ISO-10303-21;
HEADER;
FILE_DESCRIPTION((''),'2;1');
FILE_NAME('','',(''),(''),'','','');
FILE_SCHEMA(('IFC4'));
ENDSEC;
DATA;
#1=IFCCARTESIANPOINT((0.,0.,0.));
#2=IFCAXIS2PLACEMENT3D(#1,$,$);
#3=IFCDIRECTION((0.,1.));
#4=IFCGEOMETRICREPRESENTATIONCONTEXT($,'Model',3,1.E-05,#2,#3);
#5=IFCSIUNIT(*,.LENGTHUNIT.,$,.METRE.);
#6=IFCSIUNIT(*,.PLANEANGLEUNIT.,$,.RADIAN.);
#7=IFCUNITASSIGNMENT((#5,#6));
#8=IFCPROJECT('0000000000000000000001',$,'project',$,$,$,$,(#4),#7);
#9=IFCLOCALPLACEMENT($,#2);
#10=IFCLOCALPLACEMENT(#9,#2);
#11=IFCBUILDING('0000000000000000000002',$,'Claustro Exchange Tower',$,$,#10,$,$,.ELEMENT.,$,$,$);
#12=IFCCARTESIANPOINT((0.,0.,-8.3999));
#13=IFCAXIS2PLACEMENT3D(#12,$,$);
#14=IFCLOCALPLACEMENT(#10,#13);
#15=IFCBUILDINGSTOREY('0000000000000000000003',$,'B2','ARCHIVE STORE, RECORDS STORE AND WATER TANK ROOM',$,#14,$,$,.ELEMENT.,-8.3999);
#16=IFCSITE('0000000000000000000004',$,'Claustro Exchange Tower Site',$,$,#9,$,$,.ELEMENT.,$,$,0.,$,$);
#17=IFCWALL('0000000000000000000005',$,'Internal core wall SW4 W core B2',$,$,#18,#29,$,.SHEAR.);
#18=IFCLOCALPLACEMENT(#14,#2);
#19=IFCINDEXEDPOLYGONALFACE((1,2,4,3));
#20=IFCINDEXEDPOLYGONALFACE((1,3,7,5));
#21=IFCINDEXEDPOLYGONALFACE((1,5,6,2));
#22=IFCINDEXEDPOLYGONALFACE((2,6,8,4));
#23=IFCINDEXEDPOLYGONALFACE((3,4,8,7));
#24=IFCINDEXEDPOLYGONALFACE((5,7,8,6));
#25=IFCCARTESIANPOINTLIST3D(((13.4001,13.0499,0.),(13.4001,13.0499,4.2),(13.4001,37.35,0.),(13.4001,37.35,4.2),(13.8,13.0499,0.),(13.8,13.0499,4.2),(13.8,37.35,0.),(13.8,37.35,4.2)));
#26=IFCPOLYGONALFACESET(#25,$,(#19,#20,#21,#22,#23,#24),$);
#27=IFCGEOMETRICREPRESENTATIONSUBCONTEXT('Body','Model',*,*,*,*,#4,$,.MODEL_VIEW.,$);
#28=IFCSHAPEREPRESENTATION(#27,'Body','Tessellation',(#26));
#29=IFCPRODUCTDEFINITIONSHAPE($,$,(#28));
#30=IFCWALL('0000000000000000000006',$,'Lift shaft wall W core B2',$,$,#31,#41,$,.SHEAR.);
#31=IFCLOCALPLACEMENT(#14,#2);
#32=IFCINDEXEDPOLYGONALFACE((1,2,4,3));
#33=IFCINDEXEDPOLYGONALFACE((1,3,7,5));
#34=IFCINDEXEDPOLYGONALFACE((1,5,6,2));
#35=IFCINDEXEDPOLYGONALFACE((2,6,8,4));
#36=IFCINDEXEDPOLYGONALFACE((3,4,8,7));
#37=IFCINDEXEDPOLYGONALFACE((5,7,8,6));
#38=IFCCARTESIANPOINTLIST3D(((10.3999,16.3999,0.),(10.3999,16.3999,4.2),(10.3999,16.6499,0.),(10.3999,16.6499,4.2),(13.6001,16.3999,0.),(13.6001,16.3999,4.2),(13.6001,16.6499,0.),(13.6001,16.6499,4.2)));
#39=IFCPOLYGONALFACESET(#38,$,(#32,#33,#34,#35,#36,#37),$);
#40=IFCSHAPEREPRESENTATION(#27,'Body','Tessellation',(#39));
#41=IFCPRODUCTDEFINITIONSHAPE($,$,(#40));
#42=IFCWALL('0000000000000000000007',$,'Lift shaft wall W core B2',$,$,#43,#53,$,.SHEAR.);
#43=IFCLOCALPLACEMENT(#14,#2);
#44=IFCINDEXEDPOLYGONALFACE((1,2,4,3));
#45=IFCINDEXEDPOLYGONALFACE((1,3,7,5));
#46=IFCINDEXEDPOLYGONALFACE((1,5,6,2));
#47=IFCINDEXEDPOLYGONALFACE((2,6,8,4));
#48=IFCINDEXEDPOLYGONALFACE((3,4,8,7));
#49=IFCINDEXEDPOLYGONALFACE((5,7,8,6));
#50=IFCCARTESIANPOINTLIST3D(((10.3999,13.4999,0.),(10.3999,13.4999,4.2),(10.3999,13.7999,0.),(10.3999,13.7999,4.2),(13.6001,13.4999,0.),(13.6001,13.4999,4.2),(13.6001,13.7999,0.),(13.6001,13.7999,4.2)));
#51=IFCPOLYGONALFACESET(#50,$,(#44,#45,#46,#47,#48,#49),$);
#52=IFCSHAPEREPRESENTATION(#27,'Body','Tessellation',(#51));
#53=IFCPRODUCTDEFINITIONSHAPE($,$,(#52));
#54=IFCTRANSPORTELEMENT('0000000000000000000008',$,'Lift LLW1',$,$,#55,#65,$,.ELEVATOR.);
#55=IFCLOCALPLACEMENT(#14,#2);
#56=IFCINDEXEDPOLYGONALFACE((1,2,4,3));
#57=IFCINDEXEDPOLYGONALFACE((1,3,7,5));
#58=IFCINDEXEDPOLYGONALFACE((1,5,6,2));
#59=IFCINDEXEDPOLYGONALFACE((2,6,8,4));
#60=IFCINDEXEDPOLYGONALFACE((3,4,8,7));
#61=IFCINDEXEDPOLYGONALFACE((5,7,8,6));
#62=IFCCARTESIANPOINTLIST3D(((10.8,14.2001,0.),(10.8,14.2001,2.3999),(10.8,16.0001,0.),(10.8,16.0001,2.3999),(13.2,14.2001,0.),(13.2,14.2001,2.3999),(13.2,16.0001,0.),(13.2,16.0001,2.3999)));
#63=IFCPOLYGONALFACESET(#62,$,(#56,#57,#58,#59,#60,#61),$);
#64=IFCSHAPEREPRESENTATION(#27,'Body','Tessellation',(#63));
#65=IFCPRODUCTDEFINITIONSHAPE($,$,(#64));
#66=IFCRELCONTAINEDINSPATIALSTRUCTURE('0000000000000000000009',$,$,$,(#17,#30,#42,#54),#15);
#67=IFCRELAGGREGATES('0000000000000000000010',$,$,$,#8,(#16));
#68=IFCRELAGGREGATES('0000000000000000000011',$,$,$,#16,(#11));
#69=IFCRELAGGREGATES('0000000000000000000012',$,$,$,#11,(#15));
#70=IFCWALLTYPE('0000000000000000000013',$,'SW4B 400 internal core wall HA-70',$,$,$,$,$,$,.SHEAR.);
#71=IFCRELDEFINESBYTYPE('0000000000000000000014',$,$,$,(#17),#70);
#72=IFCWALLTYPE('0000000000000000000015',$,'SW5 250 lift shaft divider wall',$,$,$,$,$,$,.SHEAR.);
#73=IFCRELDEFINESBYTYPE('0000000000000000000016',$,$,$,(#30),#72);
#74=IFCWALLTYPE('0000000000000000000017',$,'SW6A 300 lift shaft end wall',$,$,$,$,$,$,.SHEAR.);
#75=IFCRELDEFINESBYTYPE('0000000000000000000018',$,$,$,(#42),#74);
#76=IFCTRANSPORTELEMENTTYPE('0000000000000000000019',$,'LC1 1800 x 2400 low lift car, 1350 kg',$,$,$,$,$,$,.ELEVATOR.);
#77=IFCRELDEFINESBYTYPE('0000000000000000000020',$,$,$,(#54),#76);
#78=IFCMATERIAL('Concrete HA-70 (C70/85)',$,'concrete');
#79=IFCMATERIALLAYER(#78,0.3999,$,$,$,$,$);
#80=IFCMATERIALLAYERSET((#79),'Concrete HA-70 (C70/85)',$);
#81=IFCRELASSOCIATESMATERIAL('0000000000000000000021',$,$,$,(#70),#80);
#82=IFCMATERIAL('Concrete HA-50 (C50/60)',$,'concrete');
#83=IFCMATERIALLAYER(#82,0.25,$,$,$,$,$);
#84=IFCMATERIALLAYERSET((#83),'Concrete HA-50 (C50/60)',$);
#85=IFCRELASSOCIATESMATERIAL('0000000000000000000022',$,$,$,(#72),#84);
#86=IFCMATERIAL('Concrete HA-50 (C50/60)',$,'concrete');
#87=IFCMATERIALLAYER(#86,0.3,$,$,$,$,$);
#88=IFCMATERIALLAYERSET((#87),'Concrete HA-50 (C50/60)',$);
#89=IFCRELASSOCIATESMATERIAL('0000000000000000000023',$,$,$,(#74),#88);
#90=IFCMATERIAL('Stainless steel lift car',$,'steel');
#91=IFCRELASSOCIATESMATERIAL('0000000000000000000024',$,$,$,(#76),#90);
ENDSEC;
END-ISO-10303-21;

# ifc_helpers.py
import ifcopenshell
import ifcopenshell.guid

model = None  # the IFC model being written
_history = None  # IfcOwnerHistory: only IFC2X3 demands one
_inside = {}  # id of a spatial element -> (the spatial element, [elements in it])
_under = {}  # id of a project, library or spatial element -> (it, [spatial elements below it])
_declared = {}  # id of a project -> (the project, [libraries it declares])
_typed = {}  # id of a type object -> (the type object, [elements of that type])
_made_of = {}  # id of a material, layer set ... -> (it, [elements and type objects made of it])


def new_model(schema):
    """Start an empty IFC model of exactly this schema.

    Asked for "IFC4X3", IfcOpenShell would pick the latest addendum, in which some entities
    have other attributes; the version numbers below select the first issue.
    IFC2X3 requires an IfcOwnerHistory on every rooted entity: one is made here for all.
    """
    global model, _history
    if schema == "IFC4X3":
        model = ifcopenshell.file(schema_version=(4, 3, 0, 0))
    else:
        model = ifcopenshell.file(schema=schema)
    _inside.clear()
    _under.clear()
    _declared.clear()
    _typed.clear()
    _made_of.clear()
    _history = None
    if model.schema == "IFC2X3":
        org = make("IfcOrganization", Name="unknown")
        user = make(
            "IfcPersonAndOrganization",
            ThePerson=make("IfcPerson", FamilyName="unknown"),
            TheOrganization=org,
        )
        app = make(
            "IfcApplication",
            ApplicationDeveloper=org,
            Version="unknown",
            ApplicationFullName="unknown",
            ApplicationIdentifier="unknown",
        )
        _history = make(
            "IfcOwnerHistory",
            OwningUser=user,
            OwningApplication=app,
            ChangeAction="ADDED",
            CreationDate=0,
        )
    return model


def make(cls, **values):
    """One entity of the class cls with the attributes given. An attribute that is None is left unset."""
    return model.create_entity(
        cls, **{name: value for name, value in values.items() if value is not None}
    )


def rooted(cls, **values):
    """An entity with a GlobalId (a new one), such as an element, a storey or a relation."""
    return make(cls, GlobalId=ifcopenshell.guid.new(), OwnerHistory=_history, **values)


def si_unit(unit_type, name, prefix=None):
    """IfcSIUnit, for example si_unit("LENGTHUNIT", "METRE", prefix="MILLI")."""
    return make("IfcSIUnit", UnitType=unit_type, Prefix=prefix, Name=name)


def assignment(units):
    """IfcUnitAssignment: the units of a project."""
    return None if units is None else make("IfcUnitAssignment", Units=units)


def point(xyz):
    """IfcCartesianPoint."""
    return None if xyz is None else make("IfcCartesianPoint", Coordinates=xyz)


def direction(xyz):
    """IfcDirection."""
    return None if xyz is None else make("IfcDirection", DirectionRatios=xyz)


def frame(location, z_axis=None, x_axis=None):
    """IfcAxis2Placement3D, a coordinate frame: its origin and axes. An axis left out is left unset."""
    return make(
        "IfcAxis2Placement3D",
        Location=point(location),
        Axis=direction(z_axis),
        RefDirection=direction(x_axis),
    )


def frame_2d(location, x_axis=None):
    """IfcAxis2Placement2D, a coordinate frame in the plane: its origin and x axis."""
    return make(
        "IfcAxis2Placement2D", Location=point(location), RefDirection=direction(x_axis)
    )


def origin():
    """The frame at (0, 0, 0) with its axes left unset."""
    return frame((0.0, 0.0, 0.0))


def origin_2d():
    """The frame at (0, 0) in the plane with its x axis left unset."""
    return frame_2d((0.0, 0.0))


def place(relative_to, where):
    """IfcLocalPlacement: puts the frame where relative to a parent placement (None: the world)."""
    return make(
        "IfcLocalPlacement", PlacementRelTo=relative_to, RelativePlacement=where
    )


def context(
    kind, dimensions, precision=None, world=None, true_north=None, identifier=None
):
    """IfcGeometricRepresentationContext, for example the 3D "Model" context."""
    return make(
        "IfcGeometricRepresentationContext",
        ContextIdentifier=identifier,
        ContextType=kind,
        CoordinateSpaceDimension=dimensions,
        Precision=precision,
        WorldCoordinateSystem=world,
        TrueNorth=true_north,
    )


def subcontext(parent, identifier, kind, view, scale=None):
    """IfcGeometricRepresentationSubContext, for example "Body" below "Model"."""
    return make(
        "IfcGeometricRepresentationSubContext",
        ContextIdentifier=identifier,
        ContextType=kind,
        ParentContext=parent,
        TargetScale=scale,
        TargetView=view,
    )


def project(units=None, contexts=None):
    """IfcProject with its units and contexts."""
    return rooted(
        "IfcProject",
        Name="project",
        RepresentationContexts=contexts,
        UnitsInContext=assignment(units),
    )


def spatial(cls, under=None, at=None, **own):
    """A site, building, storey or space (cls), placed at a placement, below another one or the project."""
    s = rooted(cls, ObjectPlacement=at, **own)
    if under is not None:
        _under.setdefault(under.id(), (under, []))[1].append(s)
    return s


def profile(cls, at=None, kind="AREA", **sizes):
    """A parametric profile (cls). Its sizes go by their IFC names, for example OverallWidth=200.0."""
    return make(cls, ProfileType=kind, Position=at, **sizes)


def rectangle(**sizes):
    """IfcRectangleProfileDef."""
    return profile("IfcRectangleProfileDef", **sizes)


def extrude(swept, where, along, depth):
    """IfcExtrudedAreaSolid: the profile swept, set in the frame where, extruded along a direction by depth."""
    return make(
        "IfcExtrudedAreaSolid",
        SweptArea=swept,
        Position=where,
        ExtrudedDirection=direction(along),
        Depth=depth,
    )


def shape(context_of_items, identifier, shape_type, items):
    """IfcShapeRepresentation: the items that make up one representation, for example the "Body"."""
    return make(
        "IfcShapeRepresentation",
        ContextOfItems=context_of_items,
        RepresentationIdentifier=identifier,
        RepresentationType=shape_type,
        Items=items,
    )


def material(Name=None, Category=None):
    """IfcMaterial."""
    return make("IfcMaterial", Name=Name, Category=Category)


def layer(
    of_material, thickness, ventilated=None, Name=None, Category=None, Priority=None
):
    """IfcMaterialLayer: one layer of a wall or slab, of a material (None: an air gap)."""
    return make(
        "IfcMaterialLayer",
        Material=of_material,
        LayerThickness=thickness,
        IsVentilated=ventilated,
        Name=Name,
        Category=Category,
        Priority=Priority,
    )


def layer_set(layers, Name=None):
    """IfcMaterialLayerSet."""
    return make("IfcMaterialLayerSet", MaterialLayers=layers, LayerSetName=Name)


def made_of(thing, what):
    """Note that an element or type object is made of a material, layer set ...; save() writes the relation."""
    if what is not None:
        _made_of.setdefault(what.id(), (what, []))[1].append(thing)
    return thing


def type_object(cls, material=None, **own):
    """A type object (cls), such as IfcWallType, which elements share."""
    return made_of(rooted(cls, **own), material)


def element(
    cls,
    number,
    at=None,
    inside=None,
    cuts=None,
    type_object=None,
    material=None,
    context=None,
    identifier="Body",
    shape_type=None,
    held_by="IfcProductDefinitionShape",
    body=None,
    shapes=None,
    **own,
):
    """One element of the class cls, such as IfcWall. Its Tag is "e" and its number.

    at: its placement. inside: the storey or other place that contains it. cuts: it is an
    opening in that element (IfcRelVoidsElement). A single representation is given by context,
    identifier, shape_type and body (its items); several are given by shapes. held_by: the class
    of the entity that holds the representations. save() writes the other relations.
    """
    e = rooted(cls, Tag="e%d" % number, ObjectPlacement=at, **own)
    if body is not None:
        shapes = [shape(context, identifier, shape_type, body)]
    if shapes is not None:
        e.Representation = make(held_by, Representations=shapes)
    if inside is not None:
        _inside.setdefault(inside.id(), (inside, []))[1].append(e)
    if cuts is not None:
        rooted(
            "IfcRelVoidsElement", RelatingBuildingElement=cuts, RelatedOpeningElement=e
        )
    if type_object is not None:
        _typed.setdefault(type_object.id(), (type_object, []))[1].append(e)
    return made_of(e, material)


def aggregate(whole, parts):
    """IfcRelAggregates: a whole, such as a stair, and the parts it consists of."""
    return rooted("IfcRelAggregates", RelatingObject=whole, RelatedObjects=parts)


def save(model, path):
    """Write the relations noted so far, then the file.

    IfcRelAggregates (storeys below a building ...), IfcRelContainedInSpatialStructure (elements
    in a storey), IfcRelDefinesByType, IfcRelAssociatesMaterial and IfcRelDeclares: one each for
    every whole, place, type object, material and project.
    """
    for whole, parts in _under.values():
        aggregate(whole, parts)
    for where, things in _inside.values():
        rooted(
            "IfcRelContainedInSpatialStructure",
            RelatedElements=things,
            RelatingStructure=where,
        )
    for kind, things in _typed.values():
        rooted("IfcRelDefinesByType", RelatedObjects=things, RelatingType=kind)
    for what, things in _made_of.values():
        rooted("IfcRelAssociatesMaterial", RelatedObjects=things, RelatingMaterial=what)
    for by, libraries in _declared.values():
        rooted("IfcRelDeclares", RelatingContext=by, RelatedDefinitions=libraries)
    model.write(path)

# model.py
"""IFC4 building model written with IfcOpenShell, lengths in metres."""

from ifc_helpers import new_model, si_unit, direction, frame, frame_2d, origin, origin_2d, place, context, subcontext, project, spatial, rectangle, extrude, material, layer, layer_set, type_object, element, save


model = new_model("IFC4")

# Units and contexts
model_context = context("Model", 3, precision=1e-05, world=origin(), true_north=direction((0.0, 1.0)))
body_context = subcontext(model_context, "Body", "Model", "MODEL_VIEW")
ifc_project = project(units=[si_unit("LENGTHUNIT", "METRE"), si_unit("PLANEANGLEUNIT", "RADIAN")], contexts=[model_context])

# Site, building, storey
site_placement = place(None, origin())
site = spatial("IfcSite", under=ifc_project, at=site_placement, Name="Claustro Exchange Tower Site", CompositionType="ELEMENT", RefElevation=0.0)
building_placement = place(site_placement, origin())
building = spatial("IfcBuilding", under=site, at=building_placement, Name="Claustro Exchange Tower", CompositionType="ELEMENT")
storey_placement = place(building_placement, frame((0.0, 0.0, -8.3999)))
storey = spatial("IfcBuildingStorey", under=building, at=storey_placement, Name="B2", Description="ARCHIVE STORE, RECORDS STORE AND WATER TANK ROOM", CompositionType="ELEMENT", Elevation=-8.3999)

# Shared definitions
ifc_material_1 = material(Name="Concrete HA-70 (C70/85)", Category="concrete")
ifc_layer_1 = layer(ifc_material_1, 0.3999)
ifc_layer_set_1 = layer_set([ifc_layer_1], Name="Concrete HA-70 (C70/85)")
wall_type_1 = type_object("IfcWallType", Name="SW4B 400 internal core wall HA-70", PredefinedType="SHEAR", material=ifc_layer_set_1)

# Walls
wall_1_placement = place(storey_placement, frame((13.6001, 13.05, 0.0), z_axis=(0.0, 0.0, 1.0), x_axis=(0.0, 1.0, 0.0)))
element("IfcWall", 1, at=wall_1_placement, inside=storey, type_object=wall_type_1, Name="Internal core wall SW4 W core B2", PredefinedType="SHEAR", context=body_context, shape_type="SweptSolid", body=[
    extrude(rectangle(XDim=24.3, YDim=0.3999, at=frame_2d((12.1499, 0.0))), origin(), (0.0, 0.0, 1.0), 4.2),
])
ifc_material_2 = material(Name="Concrete HA-50 (C50/60)", Category="concrete")
ifc_layer_2 = layer(ifc_material_2, 0.25)
ifc_layer_set_2 = layer_set([ifc_layer_2], Name="Concrete HA-50 (C50/60)")
wall_type_2 = type_object("IfcWallType", Name="SW5 250 lift shaft divider wall", PredefinedType="SHEAR", material=ifc_layer_set_2)
wall_2_placement = place(storey_placement, frame((10.3999, 16.5249, 0.0), z_axis=(0.0, 0.0, 1.0), x_axis=(1.0, 0.0, 0.0)))
element("IfcWall", 2, at=wall_2_placement, inside=storey, type_object=wall_type_2, Name="Lift shaft wall W core B2", PredefinedType="SHEAR", context=body_context, shape_type="SweptSolid", body=[
    extrude(rectangle(XDim=3.2002, YDim=0.25, at=frame_2d((1.6001, 0.0))), origin(), (0.0, 0.0, 1.0), 4.2),
])
ifc_material_3 = material(Name="Concrete HA-50 (C50/60)", Category="concrete")
ifc_layer_3 = layer(ifc_material_3, 0.3)
ifc_layer_set_3 = layer_set([ifc_layer_3], Name="Concrete HA-50 (C50/60)")
wall_type_3 = type_object("IfcWallType", Name="SW6A 300 lift shaft end wall", PredefinedType="SHEAR", material=ifc_layer_set_3)
wall_3_placement = place(storey_placement, frame((10.3999, 13.6499, 0.0), z_axis=(0.0, 0.0, 1.0), x_axis=(1.0, 0.0, 0.0)))
element("IfcWall", 3, at=wall_3_placement, inside=storey, type_object=wall_type_3, Name="Lift shaft wall W core B2", PredefinedType="SHEAR", context=body_context, shape_type="SweptSolid", body=[
    extrude(rectangle(XDim=3.2002, YDim=0.3, at=frame_2d((1.6001, 0.0))), origin(), (0.0, 0.0, 1.0), 4.2),
])

# Transport element
ifc_material_4 = material(Name="Stainless steel lift car", Category="steel")
transport_element_type = type_object("IfcTransportElementType", Name="LC1 1800 x 2400 low lift car, 1350 kg", PredefinedType="ELEVATOR", material=ifc_material_4)
transport_element_placement = place(storey_placement, frame((12.0, 15.1001, 0.0)))
element("IfcTransportElement", 4, at=transport_element_placement, inside=storey, type_object=transport_element_type, Name="Lift LLW1", PredefinedType="ELEVATOR", context=body_context, shape_type="SweptSolid", body=[
    extrude(rectangle(XDim=2.3999, YDim=1.8, at=origin_2d()), origin(), (0.0, 0.0, 1.0), 2.3999),
])

save(model, "model.ifc")
